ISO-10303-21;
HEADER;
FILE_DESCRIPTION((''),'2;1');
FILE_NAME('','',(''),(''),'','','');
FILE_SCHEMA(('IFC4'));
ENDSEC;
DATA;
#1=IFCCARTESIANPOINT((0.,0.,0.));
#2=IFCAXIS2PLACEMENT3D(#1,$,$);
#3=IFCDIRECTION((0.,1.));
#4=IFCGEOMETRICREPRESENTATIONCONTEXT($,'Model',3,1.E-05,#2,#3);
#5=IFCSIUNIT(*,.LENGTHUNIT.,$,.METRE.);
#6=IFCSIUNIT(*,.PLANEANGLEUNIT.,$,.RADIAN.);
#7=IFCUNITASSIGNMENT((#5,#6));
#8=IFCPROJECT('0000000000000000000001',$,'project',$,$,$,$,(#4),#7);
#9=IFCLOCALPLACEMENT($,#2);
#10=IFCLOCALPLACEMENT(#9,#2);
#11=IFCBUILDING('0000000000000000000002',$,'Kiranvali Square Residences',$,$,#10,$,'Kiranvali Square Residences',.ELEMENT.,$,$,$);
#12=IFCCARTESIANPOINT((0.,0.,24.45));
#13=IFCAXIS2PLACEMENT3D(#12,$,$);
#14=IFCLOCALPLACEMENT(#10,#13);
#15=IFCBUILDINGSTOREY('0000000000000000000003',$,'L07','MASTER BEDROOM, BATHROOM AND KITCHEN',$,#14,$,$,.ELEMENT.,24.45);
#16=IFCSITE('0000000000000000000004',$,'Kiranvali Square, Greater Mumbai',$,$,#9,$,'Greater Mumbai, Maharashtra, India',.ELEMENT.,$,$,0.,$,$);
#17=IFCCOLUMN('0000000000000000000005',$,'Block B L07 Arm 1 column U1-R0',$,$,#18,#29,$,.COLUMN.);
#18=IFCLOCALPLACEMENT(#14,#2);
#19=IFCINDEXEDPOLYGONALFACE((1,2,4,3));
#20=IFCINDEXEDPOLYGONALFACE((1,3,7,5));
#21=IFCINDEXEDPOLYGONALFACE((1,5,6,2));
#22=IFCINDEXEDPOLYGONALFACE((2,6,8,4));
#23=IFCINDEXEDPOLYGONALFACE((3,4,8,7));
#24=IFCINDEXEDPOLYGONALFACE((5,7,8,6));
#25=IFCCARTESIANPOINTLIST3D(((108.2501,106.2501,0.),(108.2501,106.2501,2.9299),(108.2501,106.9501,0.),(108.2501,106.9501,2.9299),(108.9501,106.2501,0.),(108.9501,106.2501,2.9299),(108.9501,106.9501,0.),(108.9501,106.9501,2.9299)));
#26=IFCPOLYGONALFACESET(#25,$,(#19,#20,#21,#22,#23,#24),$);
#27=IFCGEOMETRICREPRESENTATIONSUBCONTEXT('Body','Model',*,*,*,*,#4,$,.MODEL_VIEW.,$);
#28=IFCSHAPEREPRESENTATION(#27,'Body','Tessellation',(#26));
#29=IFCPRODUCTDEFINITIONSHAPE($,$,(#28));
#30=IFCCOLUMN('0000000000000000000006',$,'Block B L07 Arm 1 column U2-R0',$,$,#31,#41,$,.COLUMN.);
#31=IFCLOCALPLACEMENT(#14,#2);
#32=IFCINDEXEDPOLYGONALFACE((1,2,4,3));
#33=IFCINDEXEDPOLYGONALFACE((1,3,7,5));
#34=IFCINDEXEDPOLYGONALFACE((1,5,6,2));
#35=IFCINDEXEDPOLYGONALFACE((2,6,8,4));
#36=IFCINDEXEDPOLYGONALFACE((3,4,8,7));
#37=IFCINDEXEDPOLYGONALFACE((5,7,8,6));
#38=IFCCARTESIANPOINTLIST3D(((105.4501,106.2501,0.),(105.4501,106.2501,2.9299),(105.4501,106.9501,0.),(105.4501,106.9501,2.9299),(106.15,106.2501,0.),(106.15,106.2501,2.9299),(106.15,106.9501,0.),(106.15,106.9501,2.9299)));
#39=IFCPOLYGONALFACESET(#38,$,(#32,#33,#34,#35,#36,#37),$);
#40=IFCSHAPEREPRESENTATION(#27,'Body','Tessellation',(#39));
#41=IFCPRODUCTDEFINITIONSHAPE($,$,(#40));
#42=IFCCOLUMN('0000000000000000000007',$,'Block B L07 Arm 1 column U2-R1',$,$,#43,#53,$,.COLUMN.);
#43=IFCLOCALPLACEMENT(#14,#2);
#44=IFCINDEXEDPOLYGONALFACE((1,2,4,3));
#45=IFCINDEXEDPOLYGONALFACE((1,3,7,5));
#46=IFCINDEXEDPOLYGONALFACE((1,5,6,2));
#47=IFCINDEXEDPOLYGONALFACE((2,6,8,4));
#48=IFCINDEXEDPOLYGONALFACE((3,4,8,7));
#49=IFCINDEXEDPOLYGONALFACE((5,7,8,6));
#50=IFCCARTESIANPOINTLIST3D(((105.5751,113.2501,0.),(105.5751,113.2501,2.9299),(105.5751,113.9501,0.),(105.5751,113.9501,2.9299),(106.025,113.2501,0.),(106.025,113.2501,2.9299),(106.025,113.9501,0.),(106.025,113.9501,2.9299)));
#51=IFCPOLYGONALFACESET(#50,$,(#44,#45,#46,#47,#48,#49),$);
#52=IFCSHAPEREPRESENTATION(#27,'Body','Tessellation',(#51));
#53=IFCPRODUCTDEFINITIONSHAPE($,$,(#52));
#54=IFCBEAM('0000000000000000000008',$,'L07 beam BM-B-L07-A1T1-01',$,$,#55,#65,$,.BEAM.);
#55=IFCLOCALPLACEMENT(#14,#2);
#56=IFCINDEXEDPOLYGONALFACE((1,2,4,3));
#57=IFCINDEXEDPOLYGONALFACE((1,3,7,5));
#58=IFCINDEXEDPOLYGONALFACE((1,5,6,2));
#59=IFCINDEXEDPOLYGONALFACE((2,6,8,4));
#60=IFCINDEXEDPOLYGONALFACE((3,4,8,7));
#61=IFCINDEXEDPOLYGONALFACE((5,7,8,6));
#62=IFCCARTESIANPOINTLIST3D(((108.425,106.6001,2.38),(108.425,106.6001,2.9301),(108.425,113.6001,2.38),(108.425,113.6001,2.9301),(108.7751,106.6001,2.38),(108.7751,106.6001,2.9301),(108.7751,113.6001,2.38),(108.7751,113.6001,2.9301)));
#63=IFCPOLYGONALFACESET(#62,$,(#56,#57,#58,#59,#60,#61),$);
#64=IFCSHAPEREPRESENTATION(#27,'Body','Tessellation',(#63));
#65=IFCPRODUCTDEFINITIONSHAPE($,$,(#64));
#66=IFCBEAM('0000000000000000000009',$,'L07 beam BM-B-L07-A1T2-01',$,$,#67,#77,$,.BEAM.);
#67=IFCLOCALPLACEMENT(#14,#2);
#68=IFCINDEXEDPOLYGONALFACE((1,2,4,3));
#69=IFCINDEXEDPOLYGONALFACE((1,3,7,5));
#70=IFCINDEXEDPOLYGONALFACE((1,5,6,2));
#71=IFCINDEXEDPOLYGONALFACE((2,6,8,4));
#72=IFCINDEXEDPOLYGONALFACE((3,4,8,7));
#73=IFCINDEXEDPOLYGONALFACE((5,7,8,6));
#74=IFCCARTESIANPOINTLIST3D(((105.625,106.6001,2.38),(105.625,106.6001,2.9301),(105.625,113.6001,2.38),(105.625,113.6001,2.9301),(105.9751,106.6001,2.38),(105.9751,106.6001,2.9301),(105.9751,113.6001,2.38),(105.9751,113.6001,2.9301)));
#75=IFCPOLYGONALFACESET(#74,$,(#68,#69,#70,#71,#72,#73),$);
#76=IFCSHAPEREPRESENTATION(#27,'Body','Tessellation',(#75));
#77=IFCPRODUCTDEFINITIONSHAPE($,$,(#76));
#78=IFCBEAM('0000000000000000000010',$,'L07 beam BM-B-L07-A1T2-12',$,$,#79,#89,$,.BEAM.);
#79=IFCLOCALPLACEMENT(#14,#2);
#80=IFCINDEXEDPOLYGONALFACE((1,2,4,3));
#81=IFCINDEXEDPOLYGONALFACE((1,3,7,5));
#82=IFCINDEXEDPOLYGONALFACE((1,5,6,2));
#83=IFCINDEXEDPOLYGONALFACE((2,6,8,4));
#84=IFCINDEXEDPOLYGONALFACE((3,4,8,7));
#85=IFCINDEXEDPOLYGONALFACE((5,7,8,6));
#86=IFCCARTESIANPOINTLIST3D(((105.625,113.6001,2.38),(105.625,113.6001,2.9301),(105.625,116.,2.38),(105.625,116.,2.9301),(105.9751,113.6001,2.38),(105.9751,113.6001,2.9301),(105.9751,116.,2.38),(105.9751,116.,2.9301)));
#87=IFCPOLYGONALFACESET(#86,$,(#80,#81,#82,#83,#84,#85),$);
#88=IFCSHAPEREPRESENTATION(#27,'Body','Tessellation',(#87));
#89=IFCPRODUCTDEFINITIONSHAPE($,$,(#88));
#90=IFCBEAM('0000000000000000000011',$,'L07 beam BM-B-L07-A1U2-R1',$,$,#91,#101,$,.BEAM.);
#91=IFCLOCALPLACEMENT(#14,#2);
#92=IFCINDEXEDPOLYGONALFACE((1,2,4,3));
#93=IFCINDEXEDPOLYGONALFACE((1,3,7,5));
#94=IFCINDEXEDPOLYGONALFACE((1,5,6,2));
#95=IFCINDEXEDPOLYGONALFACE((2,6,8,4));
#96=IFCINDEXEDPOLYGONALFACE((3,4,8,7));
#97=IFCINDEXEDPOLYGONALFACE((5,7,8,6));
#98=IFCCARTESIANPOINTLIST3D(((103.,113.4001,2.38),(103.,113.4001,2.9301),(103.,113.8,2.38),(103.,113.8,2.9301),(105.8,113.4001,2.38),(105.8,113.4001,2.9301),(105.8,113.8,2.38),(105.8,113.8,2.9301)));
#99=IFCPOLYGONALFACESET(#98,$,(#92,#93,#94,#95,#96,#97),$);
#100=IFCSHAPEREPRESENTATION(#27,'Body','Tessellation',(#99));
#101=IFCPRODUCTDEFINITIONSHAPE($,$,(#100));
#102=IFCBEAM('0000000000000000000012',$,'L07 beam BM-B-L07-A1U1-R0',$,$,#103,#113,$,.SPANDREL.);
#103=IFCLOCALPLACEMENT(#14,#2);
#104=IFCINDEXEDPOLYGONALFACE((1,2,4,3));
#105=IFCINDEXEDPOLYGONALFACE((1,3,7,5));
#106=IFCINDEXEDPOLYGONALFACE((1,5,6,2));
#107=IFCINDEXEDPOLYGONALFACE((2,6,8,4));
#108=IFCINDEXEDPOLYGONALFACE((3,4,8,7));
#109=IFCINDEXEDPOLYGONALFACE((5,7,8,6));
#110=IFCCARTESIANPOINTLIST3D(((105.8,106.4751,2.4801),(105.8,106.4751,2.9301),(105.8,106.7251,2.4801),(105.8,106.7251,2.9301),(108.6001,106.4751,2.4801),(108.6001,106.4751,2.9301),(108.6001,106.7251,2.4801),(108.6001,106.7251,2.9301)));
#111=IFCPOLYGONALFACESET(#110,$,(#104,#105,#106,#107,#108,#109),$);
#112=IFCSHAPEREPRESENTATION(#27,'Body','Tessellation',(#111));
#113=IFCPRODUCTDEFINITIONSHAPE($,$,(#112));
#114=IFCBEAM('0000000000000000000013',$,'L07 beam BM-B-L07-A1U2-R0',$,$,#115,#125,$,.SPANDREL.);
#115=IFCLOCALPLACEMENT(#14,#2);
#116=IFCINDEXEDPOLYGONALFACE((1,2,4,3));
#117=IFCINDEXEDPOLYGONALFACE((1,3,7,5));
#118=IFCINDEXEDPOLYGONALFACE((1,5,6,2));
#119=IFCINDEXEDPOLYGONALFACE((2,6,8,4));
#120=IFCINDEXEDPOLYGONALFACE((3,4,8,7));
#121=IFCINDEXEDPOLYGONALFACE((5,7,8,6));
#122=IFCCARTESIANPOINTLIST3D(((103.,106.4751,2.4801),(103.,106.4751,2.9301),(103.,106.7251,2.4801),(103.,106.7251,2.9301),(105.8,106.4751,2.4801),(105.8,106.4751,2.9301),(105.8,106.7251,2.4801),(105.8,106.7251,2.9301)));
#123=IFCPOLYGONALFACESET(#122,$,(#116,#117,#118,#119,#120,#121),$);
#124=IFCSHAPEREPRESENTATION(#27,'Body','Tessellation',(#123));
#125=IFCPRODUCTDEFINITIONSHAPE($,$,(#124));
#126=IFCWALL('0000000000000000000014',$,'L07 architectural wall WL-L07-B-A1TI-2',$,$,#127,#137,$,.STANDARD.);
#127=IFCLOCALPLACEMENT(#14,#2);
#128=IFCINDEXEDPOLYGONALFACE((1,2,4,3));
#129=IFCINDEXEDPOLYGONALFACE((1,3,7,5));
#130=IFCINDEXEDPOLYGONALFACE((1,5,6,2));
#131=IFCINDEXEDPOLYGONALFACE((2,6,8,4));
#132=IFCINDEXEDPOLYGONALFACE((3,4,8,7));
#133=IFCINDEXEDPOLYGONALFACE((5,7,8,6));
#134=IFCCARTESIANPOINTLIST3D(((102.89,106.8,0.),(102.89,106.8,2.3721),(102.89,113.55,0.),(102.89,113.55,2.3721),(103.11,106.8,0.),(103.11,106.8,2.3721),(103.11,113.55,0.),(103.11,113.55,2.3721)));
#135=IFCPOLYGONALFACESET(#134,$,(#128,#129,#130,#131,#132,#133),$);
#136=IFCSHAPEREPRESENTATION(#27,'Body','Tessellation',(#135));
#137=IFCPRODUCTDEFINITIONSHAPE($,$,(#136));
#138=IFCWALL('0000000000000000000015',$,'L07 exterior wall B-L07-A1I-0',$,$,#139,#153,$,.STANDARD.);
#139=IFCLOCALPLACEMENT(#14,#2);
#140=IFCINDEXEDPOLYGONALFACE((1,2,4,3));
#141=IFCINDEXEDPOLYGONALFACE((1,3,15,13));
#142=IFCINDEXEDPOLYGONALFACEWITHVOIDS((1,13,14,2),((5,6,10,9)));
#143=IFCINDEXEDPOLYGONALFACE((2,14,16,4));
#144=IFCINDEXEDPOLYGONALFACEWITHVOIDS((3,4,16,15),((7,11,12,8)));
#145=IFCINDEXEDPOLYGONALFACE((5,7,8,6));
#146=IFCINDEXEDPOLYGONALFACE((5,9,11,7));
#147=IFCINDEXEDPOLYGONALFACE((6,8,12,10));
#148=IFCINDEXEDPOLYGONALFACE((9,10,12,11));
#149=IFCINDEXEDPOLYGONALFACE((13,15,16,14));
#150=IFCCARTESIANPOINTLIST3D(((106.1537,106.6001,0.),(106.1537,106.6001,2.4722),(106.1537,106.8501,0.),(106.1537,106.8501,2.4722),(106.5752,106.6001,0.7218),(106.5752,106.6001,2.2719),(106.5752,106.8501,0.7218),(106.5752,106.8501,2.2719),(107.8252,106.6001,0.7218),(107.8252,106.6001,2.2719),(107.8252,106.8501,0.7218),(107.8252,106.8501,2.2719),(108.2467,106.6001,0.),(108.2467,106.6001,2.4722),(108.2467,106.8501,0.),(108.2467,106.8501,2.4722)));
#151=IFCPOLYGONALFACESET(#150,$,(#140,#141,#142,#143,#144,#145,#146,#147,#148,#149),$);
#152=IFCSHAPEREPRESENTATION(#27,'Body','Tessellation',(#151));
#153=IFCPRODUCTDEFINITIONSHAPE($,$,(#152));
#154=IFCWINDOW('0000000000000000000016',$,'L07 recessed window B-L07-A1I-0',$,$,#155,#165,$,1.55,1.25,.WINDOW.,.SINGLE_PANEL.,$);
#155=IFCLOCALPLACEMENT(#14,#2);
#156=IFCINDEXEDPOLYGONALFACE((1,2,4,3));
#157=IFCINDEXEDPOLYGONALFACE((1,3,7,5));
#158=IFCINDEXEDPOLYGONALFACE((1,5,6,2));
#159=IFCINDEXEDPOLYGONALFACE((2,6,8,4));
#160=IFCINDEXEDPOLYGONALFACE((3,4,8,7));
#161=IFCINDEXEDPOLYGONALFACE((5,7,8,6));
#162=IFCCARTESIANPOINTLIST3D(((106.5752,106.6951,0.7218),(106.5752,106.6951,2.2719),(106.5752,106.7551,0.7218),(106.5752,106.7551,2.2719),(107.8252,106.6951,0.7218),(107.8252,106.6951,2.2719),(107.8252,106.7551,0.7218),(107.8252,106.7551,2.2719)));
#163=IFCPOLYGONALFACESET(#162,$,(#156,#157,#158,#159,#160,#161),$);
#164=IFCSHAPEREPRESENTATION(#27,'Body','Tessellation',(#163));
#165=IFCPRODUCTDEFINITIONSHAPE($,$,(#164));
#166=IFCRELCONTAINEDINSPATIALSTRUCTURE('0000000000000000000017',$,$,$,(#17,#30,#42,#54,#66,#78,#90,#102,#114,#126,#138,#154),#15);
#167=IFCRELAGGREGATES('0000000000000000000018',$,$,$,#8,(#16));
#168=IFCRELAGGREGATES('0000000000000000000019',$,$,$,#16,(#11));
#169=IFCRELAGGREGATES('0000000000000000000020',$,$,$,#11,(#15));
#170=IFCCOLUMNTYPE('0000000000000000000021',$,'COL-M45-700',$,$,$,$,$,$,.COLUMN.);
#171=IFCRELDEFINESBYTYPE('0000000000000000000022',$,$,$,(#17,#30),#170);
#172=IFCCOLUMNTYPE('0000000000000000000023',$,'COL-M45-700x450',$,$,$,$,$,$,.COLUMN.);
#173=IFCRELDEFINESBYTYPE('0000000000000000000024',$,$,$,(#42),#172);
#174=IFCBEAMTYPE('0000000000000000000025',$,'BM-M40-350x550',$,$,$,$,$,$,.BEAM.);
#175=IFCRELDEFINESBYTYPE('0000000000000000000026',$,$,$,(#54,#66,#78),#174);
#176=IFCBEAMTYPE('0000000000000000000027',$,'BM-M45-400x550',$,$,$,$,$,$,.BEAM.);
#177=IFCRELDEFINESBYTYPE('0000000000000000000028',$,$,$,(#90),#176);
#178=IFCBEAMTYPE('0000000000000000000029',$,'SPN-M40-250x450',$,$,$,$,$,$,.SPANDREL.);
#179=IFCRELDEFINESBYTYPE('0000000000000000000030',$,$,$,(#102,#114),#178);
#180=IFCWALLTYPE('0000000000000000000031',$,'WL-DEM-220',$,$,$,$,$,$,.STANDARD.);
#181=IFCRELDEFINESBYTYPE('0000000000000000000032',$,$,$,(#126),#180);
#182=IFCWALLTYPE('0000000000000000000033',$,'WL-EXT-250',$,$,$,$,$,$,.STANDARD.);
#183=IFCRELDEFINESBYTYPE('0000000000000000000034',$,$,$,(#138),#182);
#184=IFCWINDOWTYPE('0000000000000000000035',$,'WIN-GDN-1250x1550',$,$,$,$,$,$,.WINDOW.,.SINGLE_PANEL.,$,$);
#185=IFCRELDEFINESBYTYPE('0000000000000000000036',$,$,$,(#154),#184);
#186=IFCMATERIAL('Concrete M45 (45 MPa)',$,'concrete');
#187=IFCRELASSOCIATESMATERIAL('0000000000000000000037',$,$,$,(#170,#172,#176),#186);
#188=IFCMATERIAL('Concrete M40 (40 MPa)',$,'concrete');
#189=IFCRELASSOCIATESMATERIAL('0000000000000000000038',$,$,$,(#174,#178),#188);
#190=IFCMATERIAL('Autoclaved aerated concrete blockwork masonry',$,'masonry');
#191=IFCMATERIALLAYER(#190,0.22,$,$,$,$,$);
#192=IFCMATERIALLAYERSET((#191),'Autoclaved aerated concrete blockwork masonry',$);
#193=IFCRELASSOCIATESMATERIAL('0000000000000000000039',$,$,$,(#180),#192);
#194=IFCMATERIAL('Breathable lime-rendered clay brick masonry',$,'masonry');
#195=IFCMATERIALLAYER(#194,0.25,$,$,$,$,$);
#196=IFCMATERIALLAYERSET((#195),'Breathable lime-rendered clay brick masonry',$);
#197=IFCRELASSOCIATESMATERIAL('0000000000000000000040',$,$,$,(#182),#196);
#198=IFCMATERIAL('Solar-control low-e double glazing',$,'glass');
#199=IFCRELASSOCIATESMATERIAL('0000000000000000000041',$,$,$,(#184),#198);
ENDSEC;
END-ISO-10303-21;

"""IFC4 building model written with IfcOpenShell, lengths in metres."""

from ifc_helpers import new_model, si_unit, direction, frame, frame_2d, origin, origin_2d, place, context, subcontext, project, spatial, rectangle, extrude, material, layer, layer_set, material_profile, profile_set, type_object, element, fill, save


model = new_model("IFC4")

# Units and contexts
model_context = context("Model", 3, precision=1e-05, world=origin(), true_north=direction((0.0, 1.0)))
body_context = subcontext(model_context, "Body", "Model", "MODEL_VIEW")
ifc_project = project(units=[si_unit("LENGTHUNIT", "METRE"), si_unit("PLANEANGLEUNIT", "RADIAN")], contexts=[model_context])

# Site, building, storey
site_placement = place(None, origin())
site = spatial("IfcSite", under=ifc_project, at=site_placement, Name="Kiranvali Square, Greater Mumbai", LongName="Greater Mumbai, Maharashtra, India", CompositionType="ELEMENT", RefElevation=0.0)
building_placement = place(site_placement, origin())
building = spatial("IfcBuilding", under=site, at=building_placement, Name="Kiranvali Square Residences", LongName="Kiranvali Square Residences", CompositionType="ELEMENT")
storey_placement = place(building_placement, frame((0.0, 0.0, 24.45)))
storey = spatial("IfcBuildingStorey", under=building, at=storey_placement, Name="L07", Description="MASTER BEDROOM, BATHROOM AND KITCHEN", CompositionType="ELEMENT", Elevation=24.45)

# Columns
ifc_material_1 = material(Name="Concrete M45 (45 MPa)", Category="concrete")
ifc_material_profile_1 = material_profile(ifc_material_1, rectangle(XDim=0.7, YDim=0.7, at=origin_2d()), Name="RC 700x700")
ifc_profile_set_1 = profile_set([ifc_material_profile_1], Name="Concrete M45 (45 MPa)")
column_type_1 = type_object("IfcColumnType", Name="COL-M45-700", PredefinedType="COLUMN", material=ifc_profile_set_1)
for number, where, z_axis, x_axis, name in (
    (1, (108.6001, 106.6001, 0.0), (0.0, 0.0, 1.0), (1.0, 0.0, 0.0), "Block B L07 Arm 1 column U1-R0"),
    (2, (105.8, 106.6001, 0.0), (0.0, 0.0, 1.0), (1.0, 0.0, 0.0), "Block B L07 Arm 1 column U2-R0"),
):
    element("IfcColumn", number, at=place(storey_placement, frame(where, z_axis=z_axis, x_axis=x_axis)), inside=storey, type_object=column_type_1, Name=name, PredefinedType="COLUMN", context=body_context, shape_type="SweptSolid", body=[
        extrude(rectangle(XDim=0.7, YDim=0.7, at=origin_2d()), origin(), (0.0, 0.0, 1.0), 2.9299),
    ])
ifc_material_profile_2 = material_profile(ifc_material_1, rectangle(XDim=0.45, YDim=0.7, at=origin_2d()), Name="RC 700x450")
ifc_profile_set_2 = profile_set([ifc_material_profile_2], Name="Concrete M45 (45 MPa)")
column_type_2 = type_object("IfcColumnType", Name="COL-M45-700x450", PredefinedType="COLUMN", material=ifc_profile_set_2)
column_placement = place(storey_placement, frame((105.8, 113.6001, 0.0), z_axis=(0.0, 0.0, 1.0), x_axis=(1.0, 0.0, 0.0)))
element("IfcColumn", 3, at=column_placement, inside=storey, type_object=column_type_2, Name="Block B L07 Arm 1 column U2-R1", PredefinedType="COLUMN", context=body_context, shape_type="SweptSolid", body=[
    extrude(rectangle(XDim=0.45, YDim=0.7, at=origin_2d()), origin(), (0.0, 0.0, 1.0), 2.9299),
])

# Beams
ifc_material_2 = material(Name="Concrete M40 (40 MPa)", Category="concrete")
ifc_material_profile_3 = material_profile(ifc_material_2, rectangle(XDim=0.3501, YDim=0.55, at=origin_2d()), Name="RC 350x550")
ifc_profile_set_3 = profile_set([ifc_material_profile_3], Name="Concrete M40 (40 MPa)")
beam_type_1 = type_object("IfcBeamType", Name="BM-M40-350x550", PredefinedType="BEAM", material=ifc_profile_set_3)
for number, where, z_axis, x_axis, name in (
    (4, (108.6001, 106.6001, 2.655), (0.0, 1.0, 0.0), (-1.0, 0.0, 0.0), "L07 beam BM-B-L07-A1T1-01"),
    (5, (105.8, 106.6001, 2.655), (0.0, 1.0, 0.0), (-1.0, 0.0, 0.0), "L07 beam BM-B-L07-A1T2-01"),
):
    element("IfcBeam", number, at=place(storey_placement, frame(where, z_axis=z_axis, x_axis=x_axis)), inside=storey, type_object=beam_type_1, Name=name, PredefinedType="BEAM", context=body_context, shape_type="SweptSolid", body=[
        extrude(rectangle(XDim=0.3501, YDim=0.55, at=origin_2d()), origin(), (0.0, 0.0, 1.0), 7.0),
    ])
beam_1_placement = place(storey_placement, frame((105.8, 113.6001, 2.655), z_axis=(0.0, 1.0, 0.0), x_axis=(-1.0, 0.0, 0.0)))
element("IfcBeam", 6, at=beam_1_placement, inside=storey, type_object=beam_type_1, Name="L07 beam BM-B-L07-A1T2-12", PredefinedType="BEAM", context=body_context, shape_type="SweptSolid", body=[
    extrude(rectangle(XDim=0.3501, YDim=0.55, at=origin_2d()), origin(), (0.0, 0.0, 1.0), 2.3999),
])
ifc_material_profile_4 = material_profile(ifc_material_1, rectangle(XDim=0.3999, YDim=0.55, at=origin_2d()), Name="RC 400x550")
ifc_profile_set_4 = profile_set([ifc_material_profile_4], Name="Concrete M45 (45 MPa)")
beam_type_2 = type_object("IfcBeamType", Name="BM-M45-400x550", PredefinedType="BEAM", material=ifc_profile_set_4)
beam_2_placement = place(storey_placement, frame((105.8, 113.6001, 2.655), z_axis=(-1.0, 0.0, 0.0), x_axis=(0.0, -1.0, 0.0)))
element("IfcBeam", 7, at=beam_2_placement, inside=storey, type_object=beam_type_2, Name="L07 beam BM-B-L07-A1U2-R1", PredefinedType="BEAM", context=body_context, shape_type="SweptSolid", body=[
    extrude(rectangle(XDim=0.3999, YDim=0.55, at=origin_2d()), origin(), (0.0, 0.0, 1.0), 2.8),
])
ifc_material_profile_5 = material_profile(ifc_material_2, rectangle(XDim=0.25, YDim=0.45, at=origin_2d()), Name="RC 250x450")
ifc_profile_set_5 = profile_set([ifc_material_profile_5], Name="Concrete M40 (40 MPa)")
beam_type_3 = type_object("IfcBeamType", Name="SPN-M40-250x450", PredefinedType="SPANDREL", material=ifc_profile_set_5)
for number, where, z_axis, x_axis, name in (
    (8, (108.6001, 106.6001, 2.7051), (-1.0, 0.0, 0.0), (0.0, -1.0, 0.0), "L07 beam BM-B-L07-A1U1-R0"),
    (9, (105.8, 106.6001, 2.7051), (-1.0, 0.0, 0.0), (0.0, -1.0, 0.0), "L07 beam BM-B-L07-A1U2-R0"),
):
    element("IfcBeam", number, at=place(storey_placement, frame(where, z_axis=z_axis, x_axis=x_axis)), inside=storey, type_object=beam_type_3, Name=name, PredefinedType="SPANDREL", context=body_context, shape_type="SweptSolid", body=[
        extrude(rectangle(XDim=0.25, YDim=0.45, at=origin_2d()), origin(), (0.0, 0.0, 1.0), 2.8),
    ])

# Shared definitions
ifc_material_3 = material(Name="Autoclaved aerated concrete blockwork masonry", Category="masonry")

# Wall
ifc_layer_1 = layer(ifc_material_3, 0.22)
ifc_layer_set_1 = layer_set([ifc_layer_1], Name="Autoclaved aerated concrete blockwork masonry")
wall_type_1 = type_object("IfcWallType", Name="WL-DEM-220", PredefinedType="STANDARD", material=ifc_layer_set_1)
wall_1_placement = place(storey_placement, frame((103.0, 106.8, 0.0), z_axis=(0.0, 0.0, 1.0), x_axis=(0.0, 1.0, 0.0)))
element("IfcWall", 10, at=wall_1_placement, inside=storey, type_object=wall_type_1, Name="L07 architectural wall WL-L07-B-A1TI-2", PredefinedType="STANDARD", context=body_context, shape_type="SweptSolid", body=[
    extrude(rectangle(XDim=6.75, YDim=0.22, at=frame_2d((3.375, 0.0))), origin(), (0.0, 0.0, 1.0), 2.3721),
])

# Wall, opening, window
ifc_material_4 = material(Name="Breathable lime-rendered clay brick masonry", Category="masonry")
ifc_layer_2 = layer(ifc_material_4, 0.25)
ifc_layer_set_2 = layer_set([ifc_layer_2], Name="Breathable lime-rendered clay brick masonry")
wall_type_2 = type_object("IfcWallType", Name="WL-EXT-250", PredefinedType="STANDARD", material=ifc_layer_set_2)
wall_2_placement = place(storey_placement, frame((108.2466, 106.7251, 0.0), z_axis=(0.0, 0.0, 1.0), x_axis=(-1.0, 0.0, 0.0)))
wall_2 = element("IfcWall", 11, at=wall_2_placement, inside=storey, type_object=wall_type_2, Name="L07 exterior wall B-L07-A1I-0", PredefinedType="STANDARD", context=body_context, shape_type="SweptSolid", body=[
    extrude(rectangle(XDim=2.093, YDim=0.25, at=frame_2d((1.0464, 0.0))), origin(), (0.0, 0.0, 1.0), 2.4722),
])
opening_1_placement = place(wall_2_placement, frame((0.4214, 0.0, 0.7219)))
opening_1 = element("IfcOpeningElement", 12, at=opening_1_placement, cuts=wall_2, PredefinedType="OPENING", context=body_context, shape_type="SweptSolid", body=[
    extrude(rectangle(XDim=1.25, YDim=1.55, at=frame_2d((0.625, 0.7749))), frame((0.0, 0.135, 0.0), z_axis=(0.0, -1.0, 0.0), x_axis=(1.0, 0.0, 0.0)), (0.0, 0.0, 1.0), 0.27),
])
ifc_material_5 = material(Name="Solar-control low-e double glazing", Category="glass")
window_type = type_object("IfcWindowType", Name="WIN-GDN-1250x1550", PartitioningType="SINGLE_PANEL", PredefinedType="WINDOW", material=ifc_material_5)
window_1_placement = place(opening_1_placement, origin())
window_1 = element("IfcWindow", 13, at=window_1_placement, inside=storey, type_object=window_type, Name="L07 recessed window B-L07-A1I-0", OverallHeight=1.55, OverallWidth=1.25, PartitioningType="SINGLE_PANEL", PredefinedType="WINDOW", context=body_context, shape_type="SweptSolid", body=[
    extrude(rectangle(XDim=1.25, YDim=1.55, at=frame_2d((0.625, 0.7749))), frame((0.0, 0.03, 0.0), z_axis=(0.0, -1.0, 0.0), x_axis=(1.0, 0.0, 0.0)), (0.0, 0.0, 1.0), 0.0601),
])
fill(opening_1, window_1)

save(model, "model.ifc")
